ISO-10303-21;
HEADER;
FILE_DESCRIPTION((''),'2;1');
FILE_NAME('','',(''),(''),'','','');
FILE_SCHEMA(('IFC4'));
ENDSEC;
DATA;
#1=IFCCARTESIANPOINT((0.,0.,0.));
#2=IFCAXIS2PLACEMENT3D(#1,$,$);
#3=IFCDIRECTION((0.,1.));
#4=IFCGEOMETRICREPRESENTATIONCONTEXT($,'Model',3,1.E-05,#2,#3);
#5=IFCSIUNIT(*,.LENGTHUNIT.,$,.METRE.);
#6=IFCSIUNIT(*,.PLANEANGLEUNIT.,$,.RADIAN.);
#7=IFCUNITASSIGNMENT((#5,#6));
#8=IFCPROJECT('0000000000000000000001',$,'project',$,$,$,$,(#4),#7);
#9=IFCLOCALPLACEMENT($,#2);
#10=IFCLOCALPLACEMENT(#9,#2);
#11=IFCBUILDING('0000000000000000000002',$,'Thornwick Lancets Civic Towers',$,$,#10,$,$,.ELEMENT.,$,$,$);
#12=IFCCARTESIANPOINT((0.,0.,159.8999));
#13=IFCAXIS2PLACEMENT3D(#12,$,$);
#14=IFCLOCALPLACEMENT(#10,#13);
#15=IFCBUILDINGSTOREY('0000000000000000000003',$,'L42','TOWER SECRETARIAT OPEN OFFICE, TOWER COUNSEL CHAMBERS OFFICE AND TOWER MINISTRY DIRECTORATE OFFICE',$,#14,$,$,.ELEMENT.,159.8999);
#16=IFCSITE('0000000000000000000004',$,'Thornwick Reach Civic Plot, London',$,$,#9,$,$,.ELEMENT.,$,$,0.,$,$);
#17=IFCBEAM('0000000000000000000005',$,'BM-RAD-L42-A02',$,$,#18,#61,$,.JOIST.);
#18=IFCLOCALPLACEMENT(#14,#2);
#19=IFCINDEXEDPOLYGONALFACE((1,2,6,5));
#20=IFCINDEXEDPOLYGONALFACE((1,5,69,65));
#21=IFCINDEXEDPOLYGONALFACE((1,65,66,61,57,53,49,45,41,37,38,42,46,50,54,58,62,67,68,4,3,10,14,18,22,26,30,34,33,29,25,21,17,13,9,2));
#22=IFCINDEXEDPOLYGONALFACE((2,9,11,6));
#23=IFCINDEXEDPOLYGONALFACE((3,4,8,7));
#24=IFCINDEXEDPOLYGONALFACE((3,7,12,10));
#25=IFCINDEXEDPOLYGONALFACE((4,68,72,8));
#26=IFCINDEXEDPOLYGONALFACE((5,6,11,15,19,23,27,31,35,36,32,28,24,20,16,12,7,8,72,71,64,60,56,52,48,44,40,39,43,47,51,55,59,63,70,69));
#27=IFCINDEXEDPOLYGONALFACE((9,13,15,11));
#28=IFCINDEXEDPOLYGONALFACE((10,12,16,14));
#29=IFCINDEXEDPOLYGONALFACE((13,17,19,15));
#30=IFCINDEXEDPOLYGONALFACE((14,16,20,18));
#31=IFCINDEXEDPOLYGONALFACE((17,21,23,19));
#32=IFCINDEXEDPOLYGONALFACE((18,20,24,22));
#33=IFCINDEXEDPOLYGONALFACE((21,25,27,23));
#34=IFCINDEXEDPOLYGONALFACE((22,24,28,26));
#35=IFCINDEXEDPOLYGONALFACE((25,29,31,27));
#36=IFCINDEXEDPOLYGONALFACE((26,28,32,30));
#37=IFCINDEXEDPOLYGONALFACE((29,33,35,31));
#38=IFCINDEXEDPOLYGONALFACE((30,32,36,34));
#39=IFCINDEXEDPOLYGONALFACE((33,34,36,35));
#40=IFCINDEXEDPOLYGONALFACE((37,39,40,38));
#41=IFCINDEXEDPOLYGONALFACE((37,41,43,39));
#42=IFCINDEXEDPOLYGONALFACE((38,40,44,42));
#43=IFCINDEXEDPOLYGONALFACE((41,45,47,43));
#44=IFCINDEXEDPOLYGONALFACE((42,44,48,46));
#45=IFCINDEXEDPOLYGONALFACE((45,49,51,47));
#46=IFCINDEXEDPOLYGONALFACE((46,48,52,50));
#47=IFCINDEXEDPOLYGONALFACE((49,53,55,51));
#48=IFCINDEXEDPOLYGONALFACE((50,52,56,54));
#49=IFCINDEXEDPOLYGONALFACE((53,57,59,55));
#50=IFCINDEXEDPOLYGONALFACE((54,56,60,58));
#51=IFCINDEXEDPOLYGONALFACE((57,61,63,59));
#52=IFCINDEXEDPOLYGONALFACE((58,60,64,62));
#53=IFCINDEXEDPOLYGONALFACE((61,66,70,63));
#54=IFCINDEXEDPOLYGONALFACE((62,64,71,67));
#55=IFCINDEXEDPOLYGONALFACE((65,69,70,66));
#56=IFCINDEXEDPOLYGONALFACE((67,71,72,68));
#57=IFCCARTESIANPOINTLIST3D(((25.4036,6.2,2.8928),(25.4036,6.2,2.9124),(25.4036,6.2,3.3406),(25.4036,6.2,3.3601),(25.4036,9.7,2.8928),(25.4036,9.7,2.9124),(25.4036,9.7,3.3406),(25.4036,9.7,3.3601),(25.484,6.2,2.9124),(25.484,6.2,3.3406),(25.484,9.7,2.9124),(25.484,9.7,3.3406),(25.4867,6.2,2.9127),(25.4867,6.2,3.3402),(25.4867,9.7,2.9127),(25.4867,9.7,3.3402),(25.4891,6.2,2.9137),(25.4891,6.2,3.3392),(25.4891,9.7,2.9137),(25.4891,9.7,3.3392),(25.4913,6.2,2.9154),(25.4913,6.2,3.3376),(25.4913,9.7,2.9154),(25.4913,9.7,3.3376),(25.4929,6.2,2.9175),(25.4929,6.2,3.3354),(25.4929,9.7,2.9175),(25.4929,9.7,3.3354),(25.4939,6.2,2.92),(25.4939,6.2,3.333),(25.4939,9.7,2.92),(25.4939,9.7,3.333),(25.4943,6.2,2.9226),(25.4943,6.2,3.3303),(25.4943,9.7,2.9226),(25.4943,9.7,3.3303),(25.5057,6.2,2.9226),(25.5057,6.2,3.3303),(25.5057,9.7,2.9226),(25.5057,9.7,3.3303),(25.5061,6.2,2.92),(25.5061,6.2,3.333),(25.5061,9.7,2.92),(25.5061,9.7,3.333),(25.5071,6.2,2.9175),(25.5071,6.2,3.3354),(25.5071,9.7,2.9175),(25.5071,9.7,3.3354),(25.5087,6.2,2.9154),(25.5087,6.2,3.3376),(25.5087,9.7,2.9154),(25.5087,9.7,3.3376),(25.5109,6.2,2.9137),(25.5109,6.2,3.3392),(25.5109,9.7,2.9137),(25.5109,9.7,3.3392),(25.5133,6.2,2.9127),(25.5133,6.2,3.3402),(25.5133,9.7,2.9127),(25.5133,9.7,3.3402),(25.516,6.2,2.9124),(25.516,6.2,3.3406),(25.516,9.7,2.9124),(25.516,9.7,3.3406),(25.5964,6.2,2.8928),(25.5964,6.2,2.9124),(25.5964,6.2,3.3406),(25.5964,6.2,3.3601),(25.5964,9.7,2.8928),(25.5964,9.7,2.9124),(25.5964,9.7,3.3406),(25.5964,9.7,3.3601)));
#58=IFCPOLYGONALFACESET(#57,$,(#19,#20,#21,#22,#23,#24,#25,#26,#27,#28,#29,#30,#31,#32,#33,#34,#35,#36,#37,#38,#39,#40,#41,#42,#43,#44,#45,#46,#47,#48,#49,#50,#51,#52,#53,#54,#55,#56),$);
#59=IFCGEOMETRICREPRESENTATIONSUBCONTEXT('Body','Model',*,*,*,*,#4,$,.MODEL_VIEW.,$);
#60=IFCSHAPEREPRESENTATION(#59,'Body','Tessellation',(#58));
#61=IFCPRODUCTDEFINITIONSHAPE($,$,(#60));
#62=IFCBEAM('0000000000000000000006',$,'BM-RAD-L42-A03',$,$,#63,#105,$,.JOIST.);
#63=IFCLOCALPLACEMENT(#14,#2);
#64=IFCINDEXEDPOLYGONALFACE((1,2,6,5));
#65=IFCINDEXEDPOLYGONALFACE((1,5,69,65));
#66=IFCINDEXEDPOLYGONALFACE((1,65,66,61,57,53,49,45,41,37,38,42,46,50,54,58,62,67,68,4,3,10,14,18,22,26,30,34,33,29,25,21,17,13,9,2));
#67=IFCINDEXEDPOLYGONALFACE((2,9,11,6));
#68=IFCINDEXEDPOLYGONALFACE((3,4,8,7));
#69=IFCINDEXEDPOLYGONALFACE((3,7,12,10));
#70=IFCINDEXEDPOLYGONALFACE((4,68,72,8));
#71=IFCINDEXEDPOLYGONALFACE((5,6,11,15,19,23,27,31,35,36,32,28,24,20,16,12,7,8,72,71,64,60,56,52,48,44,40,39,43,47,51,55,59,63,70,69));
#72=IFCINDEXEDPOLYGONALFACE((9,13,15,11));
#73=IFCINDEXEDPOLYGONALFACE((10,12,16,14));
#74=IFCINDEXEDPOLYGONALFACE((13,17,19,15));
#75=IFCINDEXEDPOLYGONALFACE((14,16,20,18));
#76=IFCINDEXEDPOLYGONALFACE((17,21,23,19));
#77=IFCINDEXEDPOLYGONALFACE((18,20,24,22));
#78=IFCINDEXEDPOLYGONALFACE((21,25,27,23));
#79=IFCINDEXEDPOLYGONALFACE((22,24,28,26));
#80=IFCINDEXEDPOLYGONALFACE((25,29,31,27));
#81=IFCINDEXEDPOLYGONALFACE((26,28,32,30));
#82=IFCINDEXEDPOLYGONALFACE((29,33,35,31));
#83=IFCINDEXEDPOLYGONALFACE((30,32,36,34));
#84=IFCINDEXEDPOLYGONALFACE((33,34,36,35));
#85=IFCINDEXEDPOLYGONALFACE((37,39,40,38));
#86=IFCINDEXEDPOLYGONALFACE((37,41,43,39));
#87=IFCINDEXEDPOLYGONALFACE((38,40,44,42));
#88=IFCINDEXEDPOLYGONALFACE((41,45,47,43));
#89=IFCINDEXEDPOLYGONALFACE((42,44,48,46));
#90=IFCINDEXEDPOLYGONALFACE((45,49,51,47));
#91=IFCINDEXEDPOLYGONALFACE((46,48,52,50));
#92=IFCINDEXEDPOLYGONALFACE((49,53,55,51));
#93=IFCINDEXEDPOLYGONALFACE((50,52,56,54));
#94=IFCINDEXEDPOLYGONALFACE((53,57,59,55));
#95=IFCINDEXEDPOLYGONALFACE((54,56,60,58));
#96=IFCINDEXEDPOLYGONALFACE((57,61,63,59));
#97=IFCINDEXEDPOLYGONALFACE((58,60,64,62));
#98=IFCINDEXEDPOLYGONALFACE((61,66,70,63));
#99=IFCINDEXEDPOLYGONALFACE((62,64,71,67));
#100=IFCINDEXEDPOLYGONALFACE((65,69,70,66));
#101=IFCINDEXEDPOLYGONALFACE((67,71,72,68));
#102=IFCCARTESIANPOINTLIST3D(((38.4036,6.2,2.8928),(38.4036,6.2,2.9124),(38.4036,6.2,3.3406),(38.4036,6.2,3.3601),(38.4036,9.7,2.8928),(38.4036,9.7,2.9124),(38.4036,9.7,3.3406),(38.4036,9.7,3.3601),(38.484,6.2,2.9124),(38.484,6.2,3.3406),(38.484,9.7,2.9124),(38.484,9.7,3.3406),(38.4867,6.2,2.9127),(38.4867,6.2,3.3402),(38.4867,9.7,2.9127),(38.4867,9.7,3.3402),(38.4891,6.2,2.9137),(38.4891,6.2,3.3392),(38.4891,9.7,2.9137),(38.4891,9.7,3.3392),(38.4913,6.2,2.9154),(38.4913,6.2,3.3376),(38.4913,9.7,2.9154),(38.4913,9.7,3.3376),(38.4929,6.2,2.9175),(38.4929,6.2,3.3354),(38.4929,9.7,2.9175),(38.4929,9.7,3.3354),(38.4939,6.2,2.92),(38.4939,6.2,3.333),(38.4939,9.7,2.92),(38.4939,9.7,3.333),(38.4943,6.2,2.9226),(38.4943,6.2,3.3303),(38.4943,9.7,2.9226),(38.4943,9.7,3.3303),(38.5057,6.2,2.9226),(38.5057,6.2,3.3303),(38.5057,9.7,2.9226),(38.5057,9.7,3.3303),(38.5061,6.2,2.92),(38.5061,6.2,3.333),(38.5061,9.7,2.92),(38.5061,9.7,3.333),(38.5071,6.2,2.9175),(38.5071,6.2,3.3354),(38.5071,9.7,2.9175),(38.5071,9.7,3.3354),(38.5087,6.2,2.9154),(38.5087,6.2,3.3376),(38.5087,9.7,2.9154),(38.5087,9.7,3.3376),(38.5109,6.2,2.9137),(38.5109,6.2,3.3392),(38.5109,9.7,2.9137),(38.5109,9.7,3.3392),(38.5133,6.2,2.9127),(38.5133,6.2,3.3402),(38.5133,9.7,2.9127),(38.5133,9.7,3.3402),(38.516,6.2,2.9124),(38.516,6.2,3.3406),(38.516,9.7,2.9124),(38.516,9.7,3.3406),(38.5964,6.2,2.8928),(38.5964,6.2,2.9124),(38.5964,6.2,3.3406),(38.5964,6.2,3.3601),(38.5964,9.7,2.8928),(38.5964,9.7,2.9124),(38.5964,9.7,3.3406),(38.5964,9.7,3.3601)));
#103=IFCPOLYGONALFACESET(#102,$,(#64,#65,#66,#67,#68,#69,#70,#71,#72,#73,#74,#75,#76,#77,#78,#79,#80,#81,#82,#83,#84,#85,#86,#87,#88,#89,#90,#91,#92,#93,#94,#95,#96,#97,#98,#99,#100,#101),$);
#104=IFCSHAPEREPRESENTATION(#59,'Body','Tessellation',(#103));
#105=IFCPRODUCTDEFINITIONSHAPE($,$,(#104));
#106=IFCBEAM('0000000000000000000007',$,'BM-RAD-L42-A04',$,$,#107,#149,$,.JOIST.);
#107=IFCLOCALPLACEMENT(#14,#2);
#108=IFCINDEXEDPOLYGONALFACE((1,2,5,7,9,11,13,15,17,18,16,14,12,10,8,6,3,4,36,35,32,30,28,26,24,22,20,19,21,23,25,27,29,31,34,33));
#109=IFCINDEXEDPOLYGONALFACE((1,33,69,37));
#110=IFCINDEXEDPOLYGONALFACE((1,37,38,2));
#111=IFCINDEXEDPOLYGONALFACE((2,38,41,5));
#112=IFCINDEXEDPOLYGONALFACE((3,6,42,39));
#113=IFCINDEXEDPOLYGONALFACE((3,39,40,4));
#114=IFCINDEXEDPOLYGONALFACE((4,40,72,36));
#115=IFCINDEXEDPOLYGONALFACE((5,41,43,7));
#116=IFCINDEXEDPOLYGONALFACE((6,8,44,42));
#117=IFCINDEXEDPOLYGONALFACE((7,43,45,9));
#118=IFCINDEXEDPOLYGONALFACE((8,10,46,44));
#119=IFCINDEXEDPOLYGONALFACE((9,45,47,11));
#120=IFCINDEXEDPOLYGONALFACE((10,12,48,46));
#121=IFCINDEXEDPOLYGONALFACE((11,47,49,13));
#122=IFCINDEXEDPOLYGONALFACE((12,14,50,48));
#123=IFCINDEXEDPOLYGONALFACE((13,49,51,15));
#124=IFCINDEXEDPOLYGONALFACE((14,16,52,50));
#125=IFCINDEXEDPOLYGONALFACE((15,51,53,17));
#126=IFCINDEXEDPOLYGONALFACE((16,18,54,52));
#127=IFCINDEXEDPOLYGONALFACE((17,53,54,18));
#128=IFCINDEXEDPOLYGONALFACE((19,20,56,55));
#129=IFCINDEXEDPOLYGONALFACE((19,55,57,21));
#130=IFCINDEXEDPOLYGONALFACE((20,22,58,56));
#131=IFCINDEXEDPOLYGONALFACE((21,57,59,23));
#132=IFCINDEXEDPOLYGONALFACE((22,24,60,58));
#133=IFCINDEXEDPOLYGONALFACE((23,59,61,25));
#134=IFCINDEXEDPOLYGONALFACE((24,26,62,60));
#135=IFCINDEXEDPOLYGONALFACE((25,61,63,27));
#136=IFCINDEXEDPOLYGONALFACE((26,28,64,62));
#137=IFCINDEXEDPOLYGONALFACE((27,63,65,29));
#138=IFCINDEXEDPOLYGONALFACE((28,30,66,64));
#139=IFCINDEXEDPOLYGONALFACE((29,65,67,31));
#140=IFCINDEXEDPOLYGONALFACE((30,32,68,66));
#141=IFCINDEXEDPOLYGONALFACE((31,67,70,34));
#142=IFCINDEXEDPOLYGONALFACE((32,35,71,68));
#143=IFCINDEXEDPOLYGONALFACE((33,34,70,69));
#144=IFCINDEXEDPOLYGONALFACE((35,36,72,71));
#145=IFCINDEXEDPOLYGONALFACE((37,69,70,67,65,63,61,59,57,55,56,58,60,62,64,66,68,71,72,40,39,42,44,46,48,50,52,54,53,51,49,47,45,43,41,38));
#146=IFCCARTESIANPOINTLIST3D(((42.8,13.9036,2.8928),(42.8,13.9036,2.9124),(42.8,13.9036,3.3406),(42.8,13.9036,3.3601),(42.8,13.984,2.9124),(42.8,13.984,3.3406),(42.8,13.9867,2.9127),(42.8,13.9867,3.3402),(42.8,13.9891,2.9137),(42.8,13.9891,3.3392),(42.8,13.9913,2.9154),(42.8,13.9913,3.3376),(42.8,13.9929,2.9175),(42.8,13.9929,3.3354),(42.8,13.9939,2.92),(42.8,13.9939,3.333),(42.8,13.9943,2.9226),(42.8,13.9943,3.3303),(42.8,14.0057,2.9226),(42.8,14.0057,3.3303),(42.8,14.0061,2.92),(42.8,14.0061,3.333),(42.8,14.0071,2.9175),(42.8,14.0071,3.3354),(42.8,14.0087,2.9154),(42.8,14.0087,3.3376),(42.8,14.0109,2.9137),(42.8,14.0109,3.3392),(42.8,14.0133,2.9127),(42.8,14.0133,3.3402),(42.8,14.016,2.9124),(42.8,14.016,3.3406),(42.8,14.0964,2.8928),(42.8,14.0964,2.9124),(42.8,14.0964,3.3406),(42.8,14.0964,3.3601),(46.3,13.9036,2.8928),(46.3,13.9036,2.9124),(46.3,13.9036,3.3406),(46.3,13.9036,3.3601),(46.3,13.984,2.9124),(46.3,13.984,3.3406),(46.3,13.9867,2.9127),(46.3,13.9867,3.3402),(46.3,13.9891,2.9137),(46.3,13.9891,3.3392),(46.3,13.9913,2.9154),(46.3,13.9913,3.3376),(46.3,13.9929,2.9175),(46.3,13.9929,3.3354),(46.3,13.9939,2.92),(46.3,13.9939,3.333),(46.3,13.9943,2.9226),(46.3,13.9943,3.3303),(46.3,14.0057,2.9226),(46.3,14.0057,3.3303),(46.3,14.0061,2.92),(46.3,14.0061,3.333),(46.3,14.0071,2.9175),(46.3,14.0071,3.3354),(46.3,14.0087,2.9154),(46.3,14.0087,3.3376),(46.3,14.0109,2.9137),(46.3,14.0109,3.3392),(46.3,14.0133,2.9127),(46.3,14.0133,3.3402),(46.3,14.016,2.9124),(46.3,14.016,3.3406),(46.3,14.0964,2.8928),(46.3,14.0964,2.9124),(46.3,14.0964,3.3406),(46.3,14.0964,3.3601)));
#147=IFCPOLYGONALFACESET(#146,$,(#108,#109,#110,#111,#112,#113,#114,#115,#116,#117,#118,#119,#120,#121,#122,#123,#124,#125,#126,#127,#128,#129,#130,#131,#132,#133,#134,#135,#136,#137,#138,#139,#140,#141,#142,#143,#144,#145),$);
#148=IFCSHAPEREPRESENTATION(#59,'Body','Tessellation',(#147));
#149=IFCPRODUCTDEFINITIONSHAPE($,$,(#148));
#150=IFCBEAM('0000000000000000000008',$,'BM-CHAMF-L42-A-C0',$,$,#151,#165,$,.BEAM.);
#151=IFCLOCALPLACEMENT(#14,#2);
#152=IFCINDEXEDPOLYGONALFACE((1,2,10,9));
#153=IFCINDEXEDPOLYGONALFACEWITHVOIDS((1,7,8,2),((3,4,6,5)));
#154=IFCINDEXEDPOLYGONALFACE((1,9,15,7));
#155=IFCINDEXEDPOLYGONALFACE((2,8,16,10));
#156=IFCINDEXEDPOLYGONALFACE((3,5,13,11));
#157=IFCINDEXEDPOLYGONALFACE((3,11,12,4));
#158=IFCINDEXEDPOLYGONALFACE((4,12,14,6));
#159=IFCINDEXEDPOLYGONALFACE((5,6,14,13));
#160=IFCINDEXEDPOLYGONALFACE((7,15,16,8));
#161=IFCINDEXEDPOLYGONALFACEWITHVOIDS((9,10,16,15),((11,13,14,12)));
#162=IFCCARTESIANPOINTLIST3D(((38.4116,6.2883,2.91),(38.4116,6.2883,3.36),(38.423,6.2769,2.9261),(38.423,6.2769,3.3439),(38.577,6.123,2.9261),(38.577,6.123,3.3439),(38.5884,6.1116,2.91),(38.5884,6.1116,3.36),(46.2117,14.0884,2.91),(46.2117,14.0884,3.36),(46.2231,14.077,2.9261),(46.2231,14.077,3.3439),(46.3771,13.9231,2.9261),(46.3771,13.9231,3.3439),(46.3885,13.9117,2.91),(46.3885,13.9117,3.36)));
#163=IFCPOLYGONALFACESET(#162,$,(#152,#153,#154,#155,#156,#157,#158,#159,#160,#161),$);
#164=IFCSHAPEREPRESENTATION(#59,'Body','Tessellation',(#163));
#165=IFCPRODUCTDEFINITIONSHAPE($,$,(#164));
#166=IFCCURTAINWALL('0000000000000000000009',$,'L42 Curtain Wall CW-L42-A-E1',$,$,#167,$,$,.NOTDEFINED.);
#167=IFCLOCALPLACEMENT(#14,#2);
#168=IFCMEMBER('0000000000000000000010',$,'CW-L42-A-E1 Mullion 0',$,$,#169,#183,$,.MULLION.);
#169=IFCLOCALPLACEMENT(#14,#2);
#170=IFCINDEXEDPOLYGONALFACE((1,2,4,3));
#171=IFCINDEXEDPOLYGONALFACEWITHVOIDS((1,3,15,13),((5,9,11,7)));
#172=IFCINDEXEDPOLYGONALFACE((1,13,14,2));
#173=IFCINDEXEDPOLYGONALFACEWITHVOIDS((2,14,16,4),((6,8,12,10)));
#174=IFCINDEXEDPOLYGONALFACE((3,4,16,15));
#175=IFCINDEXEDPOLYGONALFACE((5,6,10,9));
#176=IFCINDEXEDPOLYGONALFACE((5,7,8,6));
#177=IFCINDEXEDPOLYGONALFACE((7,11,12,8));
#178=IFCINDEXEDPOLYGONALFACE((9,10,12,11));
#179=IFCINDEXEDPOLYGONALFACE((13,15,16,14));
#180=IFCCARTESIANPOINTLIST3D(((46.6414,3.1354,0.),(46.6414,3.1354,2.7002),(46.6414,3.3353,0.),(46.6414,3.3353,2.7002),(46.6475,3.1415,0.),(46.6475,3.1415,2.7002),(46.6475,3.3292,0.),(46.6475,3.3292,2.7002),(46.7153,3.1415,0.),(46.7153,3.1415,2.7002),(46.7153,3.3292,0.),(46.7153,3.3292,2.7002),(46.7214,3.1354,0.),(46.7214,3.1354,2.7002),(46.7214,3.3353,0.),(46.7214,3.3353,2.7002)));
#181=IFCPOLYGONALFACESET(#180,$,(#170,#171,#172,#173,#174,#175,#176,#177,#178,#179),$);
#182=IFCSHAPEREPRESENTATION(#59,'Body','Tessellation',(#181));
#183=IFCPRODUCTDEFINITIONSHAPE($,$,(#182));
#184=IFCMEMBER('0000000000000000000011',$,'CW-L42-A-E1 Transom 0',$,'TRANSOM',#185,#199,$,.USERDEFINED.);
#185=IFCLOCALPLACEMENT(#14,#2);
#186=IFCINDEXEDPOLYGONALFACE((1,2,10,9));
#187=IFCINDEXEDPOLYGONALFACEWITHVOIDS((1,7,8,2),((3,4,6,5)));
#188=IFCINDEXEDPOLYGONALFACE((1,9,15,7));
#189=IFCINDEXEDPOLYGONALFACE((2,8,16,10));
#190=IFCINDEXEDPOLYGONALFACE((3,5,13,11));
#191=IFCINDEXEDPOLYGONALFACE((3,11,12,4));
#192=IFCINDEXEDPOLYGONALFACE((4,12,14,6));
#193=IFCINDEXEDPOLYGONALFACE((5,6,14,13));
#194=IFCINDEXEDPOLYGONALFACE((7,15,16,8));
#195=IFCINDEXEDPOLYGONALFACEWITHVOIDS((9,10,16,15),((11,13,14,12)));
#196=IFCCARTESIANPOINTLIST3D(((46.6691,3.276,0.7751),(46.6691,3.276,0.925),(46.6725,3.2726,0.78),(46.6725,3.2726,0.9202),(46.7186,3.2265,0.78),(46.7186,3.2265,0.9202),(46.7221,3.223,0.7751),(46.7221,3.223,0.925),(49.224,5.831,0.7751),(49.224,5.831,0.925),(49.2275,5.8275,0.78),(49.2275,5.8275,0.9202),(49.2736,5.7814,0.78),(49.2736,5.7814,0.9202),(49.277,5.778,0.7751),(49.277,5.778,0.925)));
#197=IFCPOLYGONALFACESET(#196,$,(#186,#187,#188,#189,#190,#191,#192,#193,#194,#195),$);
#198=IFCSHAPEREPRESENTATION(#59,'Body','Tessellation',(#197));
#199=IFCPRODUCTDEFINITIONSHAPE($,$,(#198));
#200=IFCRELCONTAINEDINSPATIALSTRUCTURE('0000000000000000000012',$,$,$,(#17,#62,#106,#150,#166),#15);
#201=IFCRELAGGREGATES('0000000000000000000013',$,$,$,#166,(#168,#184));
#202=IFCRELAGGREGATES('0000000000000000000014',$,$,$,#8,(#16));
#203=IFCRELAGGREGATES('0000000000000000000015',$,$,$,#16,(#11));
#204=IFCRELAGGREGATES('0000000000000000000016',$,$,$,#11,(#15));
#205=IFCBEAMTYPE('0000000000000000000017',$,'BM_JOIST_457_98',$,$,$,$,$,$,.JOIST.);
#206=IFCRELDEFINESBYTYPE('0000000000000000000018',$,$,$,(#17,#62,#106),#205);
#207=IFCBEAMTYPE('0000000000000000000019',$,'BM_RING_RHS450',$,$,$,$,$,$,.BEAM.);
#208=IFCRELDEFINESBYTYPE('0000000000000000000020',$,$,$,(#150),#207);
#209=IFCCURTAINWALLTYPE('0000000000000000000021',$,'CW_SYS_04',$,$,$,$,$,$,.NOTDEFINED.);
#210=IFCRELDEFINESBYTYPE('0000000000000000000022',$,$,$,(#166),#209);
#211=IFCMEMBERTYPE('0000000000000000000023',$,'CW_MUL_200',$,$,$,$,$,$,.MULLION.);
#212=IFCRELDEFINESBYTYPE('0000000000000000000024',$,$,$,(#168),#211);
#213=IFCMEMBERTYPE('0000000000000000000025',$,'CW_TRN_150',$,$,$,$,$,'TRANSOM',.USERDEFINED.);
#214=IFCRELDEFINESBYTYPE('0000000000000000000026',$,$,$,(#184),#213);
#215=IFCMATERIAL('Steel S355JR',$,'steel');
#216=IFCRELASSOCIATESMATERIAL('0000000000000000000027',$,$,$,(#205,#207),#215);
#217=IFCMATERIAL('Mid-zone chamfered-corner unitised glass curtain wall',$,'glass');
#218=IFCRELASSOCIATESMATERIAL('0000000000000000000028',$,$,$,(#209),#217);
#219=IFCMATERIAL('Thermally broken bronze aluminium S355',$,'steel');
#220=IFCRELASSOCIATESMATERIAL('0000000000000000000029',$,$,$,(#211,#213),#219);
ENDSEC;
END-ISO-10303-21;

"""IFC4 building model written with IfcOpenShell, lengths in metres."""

from ifc_helpers import new_model, si_unit, direction, frame, origin, origin_2d, place, context, subcontext, project, spatial, hollow_rectangle, i_section, extrude, material, material_profile, profile_set, type_object, element, aggregate, save


model = new_model("IFC4")

# Units and contexts
model_context = context("Model", 3, precision=1e-05, world=origin(), true_north=direction((0.0, 1.0)))
body_context = subcontext(model_context, "Body", "Model", "MODEL_VIEW")
ifc_project = project(units=[si_unit("LENGTHUNIT", "METRE"), si_unit("PLANEANGLEUNIT", "RADIAN")], contexts=[model_context])

# Site, building, storey
site_placement = place(None, origin())
site = spatial("IfcSite", under=ifc_project, at=site_placement, Name="Thornwick Reach Civic Plot, London", CompositionType="ELEMENT", RefElevation=0.0)
building_placement = place(site_placement, origin())
building = spatial("IfcBuilding", under=site, at=building_placement, Name="Thornwick Lancets Civic Towers", CompositionType="ELEMENT")
storey_placement = place(building_placement, frame((0.0, 0.0, 159.8999)))
storey = spatial("IfcBuildingStorey", under=building, at=storey_placement, Name="L42", Description="TOWER SECRETARIAT OPEN OFFICE, TOWER COUNSEL CHAMBERS OFFICE AND TOWER MINISTRY DIRECTORATE OFFICE", CompositionType="ELEMENT", Elevation=159.8999)

# Beams
ifc_material_1 = material(Name="Steel S355JR", Category="steel")
ifc_material_profile_1 = material_profile(ifc_material_1, i_section(OverallWidth=0.1929, OverallDepth=0.4673, WebThickness=0.0115, FlangeThickness=0.0195, FilletRadius=0.0103, at=origin_2d()), Name="UKB 457x191x98")
ifc_profile_set_1 = profile_set([ifc_material_profile_1], Name="Steel S355JR")
beam_type_1 = type_object("IfcBeamType", Name="BM_JOIST_457_98", PredefinedType="JOIST", material=ifc_profile_set_1)
for number, where, z_axis, x_axis, name in (
    (1, (25.5, 9.7, 3.1265), (0.0, -1.0, 0.0), (1.0, 0.0, 0.0), "BM-RAD-L42-A02"),
    (2, (38.5, 9.7, 3.1265), (0.0, -1.0, 0.0), (1.0, 0.0, 0.0), "BM-RAD-L42-A03"),
    (3, (42.8, 14.0, 3.1265), (1.0, 0.0, 0.0), (0.0, 1.0, 0.0), "BM-RAD-L42-A04"),
):
    element("IfcBeam", number, at=place(storey_placement, frame(where, z_axis=z_axis, x_axis=x_axis)), inside=storey, type_object=beam_type_1, Name=name, PredefinedType="JOIST", context=body_context, shape_type="SweptSolid", body=[
        extrude(i_section(OverallWidth=0.1929, OverallDepth=0.4673, WebThickness=0.0115, FlangeThickness=0.0195, FilletRadius=0.0103, at=origin_2d()), origin(), (0.0, 0.0, 1.0), 3.5),
    ])
ifc_material_profile_2 = material_profile(ifc_material_1, hollow_rectangle(XDim=0.25, YDim=0.45, WallThickness=0.0161, at=origin_2d()), Name="RHS 450x250x16")
ifc_profile_set_2 = profile_set([ifc_material_profile_2], Name="Steel S355JR")
beam_type_2 = type_object("IfcBeamType", Name="BM_RING_RHS450", PredefinedType="BEAM", material=ifc_profile_set_2)
beam_1_placement = place(storey_placement, frame((38.5, 6.2, 3.135), z_axis=(0.707107, 0.707107, 0.0), x_axis=(-0.707107, 0.707107, 0.0)))
element("IfcBeam", 4, at=beam_1_placement, inside=storey, type_object=beam_type_2, Name="BM-CHAMF-L42-A-C0", PredefinedType="BEAM", context=body_context, shape_type="SweptSolid", body=[
    extrude(hollow_rectangle(XDim=0.25, YDim=0.45, WallThickness=0.0161, at=origin_2d()), origin(), (0.0, 0.0, 1.0), 11.031),
])

# Curtain wall, members
ifc_material_2 = material(Name="Mid-zone chamfered-corner unitised glass curtain wall", Category="glass")
curtain_wall_type = type_object("IfcCurtainWallType", Name="CW_SYS_04", PredefinedType="NOTDEFINED", material=ifc_material_2)
curtain_wall_placement = place(storey_placement, origin())
curtain_wall = element("IfcCurtainWall", 5, at=curtain_wall_placement, inside=storey, type_object=curtain_wall_type, Name="L42 Curtain Wall CW-L42-A-E1", PredefinedType="NOTDEFINED")
ifc_material_3 = material(Name="Thermally broken bronze aluminium S355", Category="steel")
ifc_material_profile_3 = material_profile(ifc_material_3, hollow_rectangle(XDim=0.0801, YDim=0.2, WallThickness=0.0061, at=origin_2d()), Name="RHS 200x80x6")
ifc_profile_set_3 = profile_set([ifc_material_profile_3], Name="Thermally broken bronze aluminium S355")
member_type_1 = type_object("IfcMemberType", Name="CW_MUL_200", PredefinedType="MULLION", material=ifc_profile_set_3)
member_1_placement = place(storey_placement, frame((46.6814, 3.2354, 0.0), z_axis=(0.0, 0.0, 1.0), x_axis=(1.0, 0.0, 0.0)))
member_1 = element("IfcMember", 6, at=member_1_placement, type_object=member_type_1, Name="CW-L42-A-E1 Mullion 0", PredefinedType="MULLION", context=body_context, shape_type="SweptSolid", body=[
    extrude(hollow_rectangle(XDim=0.0801, YDim=0.2, WallThickness=0.0061, at=origin_2d()), origin(), (0.0, 0.0, 1.0), 2.7002),
])
ifc_material_profile_4 = material_profile(ifc_material_3, hollow_rectangle(XDim=0.075, YDim=0.1499, WallThickness=0.0049, at=origin_2d()), Name="RHS 150x75x5")
ifc_profile_set_4 = profile_set([ifc_material_profile_4], Name="Thermally broken bronze aluminium S355")
member_type_2 = type_object("IfcMemberType", Name="CW_TRN_150", ElementType="TRANSOM", PredefinedType="USERDEFINED", material=ifc_profile_set_4)
member_2_placement = place(storey_placement, frame((46.6956, 3.2495, 0.8501), z_axis=(0.707107, 0.707107, 0.0), x_axis=(-0.707107, 0.707107, 0.0)))
member_2 = element("IfcMember", 7, at=member_2_placement, type_object=member_type_2, Name="CW-L42-A-E1 Transom 0", ObjectType="TRANSOM", PredefinedType="USERDEFINED", context=body_context, shape_type="SweptSolid", body=[
    extrude(hollow_rectangle(XDim=0.075, YDim=0.1499, WallThickness=0.0049, at=origin_2d()), origin(), (0.0, 0.0, 1.0), 3.6133),
])
aggregate(curtain_wall, [member_1, member_2])

save(model, "model.ifc")
